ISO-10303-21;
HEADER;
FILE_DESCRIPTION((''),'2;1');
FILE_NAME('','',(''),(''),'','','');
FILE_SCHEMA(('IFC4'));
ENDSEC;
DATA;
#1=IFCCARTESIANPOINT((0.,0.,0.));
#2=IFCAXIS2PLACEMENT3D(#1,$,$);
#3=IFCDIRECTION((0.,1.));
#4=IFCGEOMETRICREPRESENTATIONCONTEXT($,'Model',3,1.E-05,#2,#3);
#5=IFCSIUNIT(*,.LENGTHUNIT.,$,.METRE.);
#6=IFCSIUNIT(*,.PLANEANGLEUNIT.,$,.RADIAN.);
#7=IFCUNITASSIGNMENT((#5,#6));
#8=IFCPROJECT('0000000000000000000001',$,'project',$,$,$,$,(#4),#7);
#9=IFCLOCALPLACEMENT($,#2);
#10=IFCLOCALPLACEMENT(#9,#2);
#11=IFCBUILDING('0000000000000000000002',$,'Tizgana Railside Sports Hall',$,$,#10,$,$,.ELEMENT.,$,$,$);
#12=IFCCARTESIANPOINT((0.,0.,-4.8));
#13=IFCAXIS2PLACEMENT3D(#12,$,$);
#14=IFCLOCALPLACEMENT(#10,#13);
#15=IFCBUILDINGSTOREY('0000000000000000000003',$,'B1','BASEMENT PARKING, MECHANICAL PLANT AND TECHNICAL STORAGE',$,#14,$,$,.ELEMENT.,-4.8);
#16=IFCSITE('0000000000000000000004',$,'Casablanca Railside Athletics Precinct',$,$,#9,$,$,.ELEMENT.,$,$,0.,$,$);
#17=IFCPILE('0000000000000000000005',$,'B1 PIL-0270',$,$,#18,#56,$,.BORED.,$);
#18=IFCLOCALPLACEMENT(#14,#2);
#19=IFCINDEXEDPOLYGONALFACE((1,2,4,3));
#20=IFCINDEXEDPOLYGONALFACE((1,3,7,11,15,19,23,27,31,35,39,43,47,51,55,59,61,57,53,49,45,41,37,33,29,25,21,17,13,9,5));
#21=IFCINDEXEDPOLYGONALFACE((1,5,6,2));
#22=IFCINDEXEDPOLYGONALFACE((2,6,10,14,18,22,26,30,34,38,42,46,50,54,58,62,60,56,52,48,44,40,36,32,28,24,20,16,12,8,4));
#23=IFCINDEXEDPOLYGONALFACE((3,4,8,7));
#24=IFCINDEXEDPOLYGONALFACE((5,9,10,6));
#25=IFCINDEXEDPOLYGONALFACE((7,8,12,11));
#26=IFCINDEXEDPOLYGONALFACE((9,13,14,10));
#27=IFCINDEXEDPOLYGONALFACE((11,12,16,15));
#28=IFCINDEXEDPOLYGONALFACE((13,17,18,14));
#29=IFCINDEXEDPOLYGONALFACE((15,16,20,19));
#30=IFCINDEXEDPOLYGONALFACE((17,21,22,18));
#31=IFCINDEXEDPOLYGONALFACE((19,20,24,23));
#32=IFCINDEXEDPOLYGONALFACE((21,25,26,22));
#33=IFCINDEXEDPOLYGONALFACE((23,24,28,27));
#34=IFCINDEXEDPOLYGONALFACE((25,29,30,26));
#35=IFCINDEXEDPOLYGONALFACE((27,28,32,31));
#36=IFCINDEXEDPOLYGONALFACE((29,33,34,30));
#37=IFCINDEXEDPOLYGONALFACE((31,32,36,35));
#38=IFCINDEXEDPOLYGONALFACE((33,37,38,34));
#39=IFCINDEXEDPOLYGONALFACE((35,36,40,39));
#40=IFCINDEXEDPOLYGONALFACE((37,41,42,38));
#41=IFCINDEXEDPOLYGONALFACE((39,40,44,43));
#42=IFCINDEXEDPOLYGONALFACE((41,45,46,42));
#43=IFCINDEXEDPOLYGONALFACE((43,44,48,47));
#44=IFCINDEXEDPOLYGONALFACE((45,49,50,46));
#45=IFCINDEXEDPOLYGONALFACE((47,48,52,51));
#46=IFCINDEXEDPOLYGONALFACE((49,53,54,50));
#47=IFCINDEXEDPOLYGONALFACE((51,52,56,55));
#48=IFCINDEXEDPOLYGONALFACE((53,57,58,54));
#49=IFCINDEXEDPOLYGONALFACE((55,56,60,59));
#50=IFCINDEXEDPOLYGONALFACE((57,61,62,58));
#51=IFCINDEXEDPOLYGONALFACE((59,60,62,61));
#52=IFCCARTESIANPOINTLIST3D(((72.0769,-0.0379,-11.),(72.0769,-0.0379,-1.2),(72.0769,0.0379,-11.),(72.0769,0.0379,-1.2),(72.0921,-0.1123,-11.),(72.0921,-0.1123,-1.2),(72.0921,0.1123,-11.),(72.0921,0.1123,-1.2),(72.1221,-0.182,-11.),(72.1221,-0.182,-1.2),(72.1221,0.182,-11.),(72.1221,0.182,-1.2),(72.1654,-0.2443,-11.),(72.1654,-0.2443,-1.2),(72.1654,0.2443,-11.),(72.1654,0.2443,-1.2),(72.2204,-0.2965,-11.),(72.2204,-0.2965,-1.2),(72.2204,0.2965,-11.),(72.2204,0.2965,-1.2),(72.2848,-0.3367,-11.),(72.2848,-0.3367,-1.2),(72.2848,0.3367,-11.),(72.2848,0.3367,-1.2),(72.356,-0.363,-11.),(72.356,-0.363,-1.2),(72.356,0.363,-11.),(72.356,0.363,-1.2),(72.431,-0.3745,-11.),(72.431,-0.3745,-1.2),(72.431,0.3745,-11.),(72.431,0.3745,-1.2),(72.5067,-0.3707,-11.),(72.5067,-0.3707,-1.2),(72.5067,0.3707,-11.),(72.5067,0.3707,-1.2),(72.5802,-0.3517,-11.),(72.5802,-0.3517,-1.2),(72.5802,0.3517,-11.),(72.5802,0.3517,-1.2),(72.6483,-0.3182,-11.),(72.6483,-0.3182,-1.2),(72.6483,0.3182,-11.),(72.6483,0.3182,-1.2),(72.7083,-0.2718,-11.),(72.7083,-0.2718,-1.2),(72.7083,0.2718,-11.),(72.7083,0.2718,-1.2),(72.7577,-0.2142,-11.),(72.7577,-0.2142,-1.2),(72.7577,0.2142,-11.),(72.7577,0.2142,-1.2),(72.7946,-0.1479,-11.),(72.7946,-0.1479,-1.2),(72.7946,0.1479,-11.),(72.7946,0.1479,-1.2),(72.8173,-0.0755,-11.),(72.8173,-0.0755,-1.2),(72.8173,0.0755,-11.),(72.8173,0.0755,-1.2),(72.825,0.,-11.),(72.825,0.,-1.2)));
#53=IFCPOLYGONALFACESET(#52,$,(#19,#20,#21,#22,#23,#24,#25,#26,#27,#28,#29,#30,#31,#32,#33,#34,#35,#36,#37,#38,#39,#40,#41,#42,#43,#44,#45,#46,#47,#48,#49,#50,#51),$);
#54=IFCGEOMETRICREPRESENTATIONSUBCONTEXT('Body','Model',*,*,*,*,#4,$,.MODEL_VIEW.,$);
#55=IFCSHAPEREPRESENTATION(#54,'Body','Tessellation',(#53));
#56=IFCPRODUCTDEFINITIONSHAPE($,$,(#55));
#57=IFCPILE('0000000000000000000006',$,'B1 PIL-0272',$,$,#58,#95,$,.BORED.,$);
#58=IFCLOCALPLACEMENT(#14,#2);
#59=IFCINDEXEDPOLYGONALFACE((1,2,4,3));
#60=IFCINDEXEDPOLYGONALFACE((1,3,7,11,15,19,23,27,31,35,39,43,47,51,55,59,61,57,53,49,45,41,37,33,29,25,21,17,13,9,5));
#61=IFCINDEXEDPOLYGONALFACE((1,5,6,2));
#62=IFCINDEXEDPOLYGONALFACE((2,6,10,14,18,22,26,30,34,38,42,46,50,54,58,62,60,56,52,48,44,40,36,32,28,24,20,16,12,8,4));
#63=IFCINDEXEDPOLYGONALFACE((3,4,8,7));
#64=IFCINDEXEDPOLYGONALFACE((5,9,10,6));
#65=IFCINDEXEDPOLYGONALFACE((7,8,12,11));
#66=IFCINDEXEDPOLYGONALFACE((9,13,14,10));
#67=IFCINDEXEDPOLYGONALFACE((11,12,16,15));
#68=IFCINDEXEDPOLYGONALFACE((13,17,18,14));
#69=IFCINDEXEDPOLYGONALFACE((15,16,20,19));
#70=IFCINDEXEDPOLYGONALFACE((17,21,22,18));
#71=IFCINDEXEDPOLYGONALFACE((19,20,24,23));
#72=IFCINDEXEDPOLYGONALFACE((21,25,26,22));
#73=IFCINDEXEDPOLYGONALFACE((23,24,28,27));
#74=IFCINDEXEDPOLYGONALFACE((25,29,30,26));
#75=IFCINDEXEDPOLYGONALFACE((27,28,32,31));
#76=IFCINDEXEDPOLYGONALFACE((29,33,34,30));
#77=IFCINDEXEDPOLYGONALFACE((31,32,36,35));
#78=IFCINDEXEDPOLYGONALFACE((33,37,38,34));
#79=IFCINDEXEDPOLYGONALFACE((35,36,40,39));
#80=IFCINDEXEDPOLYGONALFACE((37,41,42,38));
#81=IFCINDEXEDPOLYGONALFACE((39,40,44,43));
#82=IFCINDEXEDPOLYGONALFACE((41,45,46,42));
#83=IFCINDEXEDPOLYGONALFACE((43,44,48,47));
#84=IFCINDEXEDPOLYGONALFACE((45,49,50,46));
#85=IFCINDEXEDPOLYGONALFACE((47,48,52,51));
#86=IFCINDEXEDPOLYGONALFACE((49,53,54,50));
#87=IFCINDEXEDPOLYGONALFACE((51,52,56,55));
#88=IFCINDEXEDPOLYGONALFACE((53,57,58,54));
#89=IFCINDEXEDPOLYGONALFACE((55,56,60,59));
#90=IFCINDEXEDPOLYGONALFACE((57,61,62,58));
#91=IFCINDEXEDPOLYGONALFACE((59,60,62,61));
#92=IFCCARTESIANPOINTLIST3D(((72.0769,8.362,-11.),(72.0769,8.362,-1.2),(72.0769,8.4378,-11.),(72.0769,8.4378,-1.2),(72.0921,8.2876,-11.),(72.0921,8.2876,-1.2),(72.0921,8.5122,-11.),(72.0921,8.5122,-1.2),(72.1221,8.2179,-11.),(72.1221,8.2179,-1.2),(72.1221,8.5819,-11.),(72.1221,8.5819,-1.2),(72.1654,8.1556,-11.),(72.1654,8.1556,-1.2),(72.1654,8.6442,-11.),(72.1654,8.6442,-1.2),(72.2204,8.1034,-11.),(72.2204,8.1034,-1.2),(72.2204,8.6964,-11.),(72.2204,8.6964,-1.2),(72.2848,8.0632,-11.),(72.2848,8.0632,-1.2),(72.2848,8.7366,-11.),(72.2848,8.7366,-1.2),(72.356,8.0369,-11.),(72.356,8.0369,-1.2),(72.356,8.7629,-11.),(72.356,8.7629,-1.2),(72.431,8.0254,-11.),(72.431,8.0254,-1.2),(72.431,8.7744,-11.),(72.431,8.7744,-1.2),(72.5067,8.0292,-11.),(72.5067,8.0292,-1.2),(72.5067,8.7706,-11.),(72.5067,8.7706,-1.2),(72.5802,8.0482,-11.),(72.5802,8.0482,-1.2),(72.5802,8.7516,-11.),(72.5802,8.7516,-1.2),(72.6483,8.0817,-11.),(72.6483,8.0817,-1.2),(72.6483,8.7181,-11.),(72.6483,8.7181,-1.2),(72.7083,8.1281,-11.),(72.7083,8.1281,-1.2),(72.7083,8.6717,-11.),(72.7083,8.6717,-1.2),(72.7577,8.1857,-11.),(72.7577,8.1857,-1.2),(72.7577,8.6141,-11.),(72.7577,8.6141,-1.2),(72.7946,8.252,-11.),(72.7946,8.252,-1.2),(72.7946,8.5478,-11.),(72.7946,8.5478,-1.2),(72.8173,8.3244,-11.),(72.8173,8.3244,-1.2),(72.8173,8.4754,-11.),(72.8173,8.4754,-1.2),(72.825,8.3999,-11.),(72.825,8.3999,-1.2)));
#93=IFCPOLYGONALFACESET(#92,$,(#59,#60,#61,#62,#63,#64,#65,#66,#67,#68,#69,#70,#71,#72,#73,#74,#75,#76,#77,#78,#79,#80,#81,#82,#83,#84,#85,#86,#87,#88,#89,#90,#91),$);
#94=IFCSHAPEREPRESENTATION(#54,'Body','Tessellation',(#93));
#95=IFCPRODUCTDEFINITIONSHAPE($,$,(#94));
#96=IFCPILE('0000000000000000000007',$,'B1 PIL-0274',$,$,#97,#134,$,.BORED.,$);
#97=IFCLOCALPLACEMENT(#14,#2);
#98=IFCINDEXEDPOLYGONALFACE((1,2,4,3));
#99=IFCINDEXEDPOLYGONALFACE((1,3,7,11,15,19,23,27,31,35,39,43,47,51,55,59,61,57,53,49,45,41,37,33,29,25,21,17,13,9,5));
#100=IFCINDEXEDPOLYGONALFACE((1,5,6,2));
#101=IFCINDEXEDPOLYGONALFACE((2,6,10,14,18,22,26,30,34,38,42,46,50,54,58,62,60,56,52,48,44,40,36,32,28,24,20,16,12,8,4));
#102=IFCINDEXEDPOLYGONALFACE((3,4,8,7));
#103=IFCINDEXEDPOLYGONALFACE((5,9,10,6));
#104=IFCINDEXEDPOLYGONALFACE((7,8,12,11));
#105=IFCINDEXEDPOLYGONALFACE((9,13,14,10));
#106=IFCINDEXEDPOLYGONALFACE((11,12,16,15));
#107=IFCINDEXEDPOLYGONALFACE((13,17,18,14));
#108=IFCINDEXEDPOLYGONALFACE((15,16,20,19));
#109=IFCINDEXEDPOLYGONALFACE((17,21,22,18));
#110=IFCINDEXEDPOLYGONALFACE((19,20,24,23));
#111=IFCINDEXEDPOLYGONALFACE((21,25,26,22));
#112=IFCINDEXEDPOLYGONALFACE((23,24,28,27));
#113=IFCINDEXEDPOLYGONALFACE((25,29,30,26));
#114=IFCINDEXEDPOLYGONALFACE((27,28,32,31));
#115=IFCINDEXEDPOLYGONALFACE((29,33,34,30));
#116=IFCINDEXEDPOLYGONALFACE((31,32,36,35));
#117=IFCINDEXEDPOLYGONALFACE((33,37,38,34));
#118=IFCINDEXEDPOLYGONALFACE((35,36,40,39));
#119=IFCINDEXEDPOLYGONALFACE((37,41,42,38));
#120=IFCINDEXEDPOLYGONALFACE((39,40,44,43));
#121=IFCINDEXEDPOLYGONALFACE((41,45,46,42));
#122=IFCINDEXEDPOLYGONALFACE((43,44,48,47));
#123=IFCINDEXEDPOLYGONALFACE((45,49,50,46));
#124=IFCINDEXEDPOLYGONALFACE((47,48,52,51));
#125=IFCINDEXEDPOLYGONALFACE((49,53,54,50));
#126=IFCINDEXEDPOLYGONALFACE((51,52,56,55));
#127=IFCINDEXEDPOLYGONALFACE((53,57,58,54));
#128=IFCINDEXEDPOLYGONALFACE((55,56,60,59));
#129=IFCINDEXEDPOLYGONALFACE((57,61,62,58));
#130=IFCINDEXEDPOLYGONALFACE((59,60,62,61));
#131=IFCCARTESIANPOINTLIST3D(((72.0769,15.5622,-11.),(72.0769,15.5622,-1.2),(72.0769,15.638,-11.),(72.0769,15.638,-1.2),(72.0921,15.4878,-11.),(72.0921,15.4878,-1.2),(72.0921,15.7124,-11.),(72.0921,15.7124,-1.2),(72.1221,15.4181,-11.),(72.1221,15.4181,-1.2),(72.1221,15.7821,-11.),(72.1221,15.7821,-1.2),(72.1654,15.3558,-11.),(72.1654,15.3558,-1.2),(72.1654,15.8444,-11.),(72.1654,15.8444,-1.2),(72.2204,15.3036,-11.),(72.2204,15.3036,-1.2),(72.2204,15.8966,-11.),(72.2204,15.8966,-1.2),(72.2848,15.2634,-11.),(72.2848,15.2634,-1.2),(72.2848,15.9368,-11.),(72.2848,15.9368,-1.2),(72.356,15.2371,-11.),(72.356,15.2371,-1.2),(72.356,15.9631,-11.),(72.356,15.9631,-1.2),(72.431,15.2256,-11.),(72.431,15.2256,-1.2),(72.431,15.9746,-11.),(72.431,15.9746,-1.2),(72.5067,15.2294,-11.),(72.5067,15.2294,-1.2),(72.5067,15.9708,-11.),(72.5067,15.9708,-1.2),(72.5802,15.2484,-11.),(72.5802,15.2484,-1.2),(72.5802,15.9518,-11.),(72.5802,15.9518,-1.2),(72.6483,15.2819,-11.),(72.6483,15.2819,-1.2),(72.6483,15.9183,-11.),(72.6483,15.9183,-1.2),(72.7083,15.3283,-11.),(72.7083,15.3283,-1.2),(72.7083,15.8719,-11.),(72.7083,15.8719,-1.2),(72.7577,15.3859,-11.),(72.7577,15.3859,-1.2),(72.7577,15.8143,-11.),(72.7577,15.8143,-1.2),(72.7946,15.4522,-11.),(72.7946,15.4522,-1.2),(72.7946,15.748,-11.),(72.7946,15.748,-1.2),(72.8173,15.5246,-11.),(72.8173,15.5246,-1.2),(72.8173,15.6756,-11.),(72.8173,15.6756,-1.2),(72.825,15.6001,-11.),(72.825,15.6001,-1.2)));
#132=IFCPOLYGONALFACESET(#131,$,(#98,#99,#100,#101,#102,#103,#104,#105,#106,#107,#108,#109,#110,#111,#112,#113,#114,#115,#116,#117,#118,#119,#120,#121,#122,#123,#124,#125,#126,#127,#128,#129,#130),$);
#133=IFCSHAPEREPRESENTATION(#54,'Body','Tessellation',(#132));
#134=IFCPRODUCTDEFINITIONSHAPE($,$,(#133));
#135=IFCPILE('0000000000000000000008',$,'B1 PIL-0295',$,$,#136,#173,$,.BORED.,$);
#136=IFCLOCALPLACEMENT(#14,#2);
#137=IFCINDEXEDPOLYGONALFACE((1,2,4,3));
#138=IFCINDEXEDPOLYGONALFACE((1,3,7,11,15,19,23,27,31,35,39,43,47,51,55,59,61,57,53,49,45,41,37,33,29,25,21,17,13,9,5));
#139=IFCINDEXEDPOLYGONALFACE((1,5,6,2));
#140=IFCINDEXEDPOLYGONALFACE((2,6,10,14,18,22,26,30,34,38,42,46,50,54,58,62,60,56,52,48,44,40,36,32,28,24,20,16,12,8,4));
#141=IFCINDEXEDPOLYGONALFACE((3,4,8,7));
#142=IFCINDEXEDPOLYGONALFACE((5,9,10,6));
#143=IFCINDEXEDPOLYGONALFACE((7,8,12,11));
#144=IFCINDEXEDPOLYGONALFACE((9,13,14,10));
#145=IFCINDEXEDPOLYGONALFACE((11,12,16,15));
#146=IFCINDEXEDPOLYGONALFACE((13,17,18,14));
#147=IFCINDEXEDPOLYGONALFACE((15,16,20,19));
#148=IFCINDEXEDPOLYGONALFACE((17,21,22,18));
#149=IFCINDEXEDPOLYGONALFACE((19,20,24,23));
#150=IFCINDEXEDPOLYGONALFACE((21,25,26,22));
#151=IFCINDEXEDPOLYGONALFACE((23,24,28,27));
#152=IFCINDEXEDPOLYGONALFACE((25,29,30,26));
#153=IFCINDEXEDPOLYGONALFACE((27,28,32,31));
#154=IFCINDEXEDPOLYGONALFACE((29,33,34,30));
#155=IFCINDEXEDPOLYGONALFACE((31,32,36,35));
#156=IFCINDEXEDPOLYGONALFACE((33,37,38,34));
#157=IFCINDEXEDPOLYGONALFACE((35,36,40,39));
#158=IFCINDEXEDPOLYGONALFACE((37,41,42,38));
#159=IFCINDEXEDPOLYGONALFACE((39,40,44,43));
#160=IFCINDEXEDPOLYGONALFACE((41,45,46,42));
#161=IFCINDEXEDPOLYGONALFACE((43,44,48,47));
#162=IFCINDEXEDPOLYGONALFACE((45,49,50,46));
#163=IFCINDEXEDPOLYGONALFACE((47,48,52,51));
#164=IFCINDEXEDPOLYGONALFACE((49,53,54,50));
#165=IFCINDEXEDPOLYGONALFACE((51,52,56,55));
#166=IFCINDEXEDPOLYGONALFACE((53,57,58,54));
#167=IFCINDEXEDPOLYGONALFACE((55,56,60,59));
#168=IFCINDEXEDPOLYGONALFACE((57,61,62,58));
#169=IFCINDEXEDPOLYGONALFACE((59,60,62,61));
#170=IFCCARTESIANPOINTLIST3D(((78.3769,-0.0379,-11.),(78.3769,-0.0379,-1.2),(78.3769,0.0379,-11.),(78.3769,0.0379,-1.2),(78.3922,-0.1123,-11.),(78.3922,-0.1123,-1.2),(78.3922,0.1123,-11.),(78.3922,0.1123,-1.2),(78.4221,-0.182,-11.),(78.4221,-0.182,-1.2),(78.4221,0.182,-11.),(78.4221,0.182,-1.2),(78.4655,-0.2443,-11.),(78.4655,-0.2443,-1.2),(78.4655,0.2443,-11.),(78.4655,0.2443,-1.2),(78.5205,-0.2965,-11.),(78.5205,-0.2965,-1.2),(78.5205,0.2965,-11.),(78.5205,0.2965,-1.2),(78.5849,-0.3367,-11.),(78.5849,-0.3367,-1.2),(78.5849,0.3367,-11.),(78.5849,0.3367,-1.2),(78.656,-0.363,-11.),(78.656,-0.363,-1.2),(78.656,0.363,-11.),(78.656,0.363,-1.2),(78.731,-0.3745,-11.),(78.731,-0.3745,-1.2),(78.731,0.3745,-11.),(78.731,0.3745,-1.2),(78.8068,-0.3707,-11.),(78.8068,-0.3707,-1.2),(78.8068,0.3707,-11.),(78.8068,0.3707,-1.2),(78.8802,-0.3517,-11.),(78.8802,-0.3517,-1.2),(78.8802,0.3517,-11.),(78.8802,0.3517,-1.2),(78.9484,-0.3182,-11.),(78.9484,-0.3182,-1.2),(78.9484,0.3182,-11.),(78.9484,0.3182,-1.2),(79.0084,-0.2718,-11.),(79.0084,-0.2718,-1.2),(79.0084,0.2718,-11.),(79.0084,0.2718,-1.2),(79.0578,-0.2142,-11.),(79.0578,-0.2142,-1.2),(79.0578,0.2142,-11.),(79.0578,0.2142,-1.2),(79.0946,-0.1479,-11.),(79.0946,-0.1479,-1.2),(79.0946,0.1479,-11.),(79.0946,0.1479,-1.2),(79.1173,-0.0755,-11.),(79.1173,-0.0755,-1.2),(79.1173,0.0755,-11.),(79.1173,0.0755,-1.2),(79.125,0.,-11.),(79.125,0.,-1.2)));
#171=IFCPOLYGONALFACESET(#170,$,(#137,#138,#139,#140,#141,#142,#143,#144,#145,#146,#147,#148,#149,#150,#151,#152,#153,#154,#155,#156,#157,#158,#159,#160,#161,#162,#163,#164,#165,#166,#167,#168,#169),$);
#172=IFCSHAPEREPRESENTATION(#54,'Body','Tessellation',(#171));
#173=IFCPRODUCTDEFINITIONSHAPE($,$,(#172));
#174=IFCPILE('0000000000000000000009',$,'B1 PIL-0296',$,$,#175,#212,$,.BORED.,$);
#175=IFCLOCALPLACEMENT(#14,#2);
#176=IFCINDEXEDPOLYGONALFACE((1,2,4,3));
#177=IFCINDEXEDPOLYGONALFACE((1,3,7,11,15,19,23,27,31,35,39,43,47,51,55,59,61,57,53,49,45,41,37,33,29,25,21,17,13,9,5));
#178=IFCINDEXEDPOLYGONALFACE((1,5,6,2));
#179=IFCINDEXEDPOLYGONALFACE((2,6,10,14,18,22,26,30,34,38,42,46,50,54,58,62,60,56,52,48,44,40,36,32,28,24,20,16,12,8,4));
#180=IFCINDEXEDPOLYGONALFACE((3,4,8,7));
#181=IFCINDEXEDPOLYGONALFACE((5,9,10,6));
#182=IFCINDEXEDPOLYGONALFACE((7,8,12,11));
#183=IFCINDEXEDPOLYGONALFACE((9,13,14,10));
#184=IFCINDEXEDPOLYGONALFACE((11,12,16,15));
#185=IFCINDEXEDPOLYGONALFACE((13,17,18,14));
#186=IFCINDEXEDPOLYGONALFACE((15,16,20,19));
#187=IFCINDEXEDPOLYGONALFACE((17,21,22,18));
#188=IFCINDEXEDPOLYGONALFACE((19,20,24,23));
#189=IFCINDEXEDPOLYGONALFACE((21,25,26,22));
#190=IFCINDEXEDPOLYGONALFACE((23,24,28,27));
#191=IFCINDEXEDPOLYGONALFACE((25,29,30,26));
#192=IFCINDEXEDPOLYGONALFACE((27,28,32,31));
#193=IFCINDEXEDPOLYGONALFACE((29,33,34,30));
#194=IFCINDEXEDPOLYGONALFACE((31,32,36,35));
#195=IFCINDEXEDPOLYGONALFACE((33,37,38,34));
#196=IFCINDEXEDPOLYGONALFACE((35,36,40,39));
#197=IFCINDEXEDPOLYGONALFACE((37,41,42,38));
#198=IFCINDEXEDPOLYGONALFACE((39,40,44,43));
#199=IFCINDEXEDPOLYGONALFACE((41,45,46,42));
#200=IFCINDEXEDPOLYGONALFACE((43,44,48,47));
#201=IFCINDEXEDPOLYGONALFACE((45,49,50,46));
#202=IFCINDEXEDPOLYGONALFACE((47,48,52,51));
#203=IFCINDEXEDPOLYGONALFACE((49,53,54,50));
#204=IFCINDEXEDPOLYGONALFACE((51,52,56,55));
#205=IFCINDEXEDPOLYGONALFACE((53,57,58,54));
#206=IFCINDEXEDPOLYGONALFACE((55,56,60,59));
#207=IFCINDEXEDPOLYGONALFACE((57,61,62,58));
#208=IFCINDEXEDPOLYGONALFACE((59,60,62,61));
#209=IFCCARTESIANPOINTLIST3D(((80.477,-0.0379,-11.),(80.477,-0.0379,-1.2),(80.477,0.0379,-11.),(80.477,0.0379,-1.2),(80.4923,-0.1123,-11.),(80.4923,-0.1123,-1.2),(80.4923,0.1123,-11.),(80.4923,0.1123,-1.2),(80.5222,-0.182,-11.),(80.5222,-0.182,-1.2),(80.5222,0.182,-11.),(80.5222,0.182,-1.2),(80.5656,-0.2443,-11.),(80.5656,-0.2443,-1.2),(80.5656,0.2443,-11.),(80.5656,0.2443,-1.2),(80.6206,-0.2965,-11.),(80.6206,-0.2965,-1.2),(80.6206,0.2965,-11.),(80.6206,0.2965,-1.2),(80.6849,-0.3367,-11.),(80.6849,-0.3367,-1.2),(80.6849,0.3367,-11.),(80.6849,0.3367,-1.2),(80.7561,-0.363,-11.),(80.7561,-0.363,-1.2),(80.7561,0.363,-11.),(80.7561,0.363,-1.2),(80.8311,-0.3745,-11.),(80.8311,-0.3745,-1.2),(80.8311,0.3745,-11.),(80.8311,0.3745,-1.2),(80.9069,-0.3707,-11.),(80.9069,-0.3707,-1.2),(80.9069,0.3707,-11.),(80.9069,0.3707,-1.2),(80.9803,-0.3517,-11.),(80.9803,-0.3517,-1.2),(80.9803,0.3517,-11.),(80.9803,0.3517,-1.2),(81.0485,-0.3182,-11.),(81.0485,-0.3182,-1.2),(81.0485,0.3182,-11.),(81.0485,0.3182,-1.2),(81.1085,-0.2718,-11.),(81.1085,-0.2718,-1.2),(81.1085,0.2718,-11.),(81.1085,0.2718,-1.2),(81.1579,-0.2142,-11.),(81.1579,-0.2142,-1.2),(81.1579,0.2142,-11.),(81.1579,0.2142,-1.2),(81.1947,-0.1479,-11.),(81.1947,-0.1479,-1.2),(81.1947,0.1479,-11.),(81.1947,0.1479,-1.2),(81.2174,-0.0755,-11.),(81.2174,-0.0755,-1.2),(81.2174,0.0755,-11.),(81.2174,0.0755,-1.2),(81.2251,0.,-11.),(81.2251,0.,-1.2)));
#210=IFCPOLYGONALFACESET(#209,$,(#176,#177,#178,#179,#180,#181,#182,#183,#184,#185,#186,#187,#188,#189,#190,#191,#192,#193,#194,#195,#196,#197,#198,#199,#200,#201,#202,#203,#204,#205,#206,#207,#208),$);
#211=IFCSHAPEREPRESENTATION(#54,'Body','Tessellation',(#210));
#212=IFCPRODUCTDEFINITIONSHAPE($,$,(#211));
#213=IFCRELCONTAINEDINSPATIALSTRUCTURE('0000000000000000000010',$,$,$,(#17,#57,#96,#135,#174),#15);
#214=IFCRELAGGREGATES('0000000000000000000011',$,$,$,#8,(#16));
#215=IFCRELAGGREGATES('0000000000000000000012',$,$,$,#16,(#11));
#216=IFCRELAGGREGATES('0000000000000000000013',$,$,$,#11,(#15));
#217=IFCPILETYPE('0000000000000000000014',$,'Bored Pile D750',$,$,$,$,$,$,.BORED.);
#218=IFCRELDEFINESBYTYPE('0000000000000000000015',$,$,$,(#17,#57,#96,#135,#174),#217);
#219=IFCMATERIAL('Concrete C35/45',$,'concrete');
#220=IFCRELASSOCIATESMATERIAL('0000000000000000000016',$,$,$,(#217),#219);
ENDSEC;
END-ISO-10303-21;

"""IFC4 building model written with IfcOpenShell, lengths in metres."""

from ifc_helpers import new_model, si_unit, direction, frame, origin, origin_2d, place, context, subcontext, project, spatial, circle, extrude, material, material_profile, profile_set, type_object, element, save


model = new_model("IFC4")

# Units and contexts
model_context = context("Model", 3, precision=1e-05, world=origin(), true_north=direction((0.0, 1.0)))
body_context = subcontext(model_context, "Body", "Model", "MODEL_VIEW")
ifc_project = project(units=[si_unit("LENGTHUNIT", "METRE"), si_unit("PLANEANGLEUNIT", "RADIAN")], contexts=[model_context])

# Site, building, storey
site_placement = place(None, origin())
site = spatial("IfcSite", under=ifc_project, at=site_placement, Name="Casablanca Railside Athletics Precinct", CompositionType="ELEMENT", RefElevation=0.0)
building_placement = place(site_placement, origin())
building = spatial("IfcBuilding", under=site, at=building_placement, Name="Tizgana Railside Sports Hall", CompositionType="ELEMENT")
storey_placement = place(building_placement, frame((0.0, 0.0, -4.8)))
storey = spatial("IfcBuildingStorey", under=building, at=storey_placement, Name="B1", Description="BASEMENT PARKING, MECHANICAL PLANT AND TECHNICAL STORAGE", CompositionType="ELEMENT", Elevation=-4.8)

# Piles
ifc_material_1 = material(Name="Concrete C35/45", Category="concrete")
ifc_material_profile_1 = material_profile(ifc_material_1, circle(Radius=0.375, at=origin_2d()), Name="PILE D750")
ifc_profile_set_1 = profile_set([ifc_material_profile_1], Name="Concrete C35/45")
pile_type = type_object("IfcPileType", Name="Bored Pile D750", PredefinedType="BORED", material=ifc_profile_set_1)
for number, where, z_axis, x_axis, name in (
    (1, (72.45, 0.0, -1.2), (0.0, 0.0, -1.0), (1.0, 0.0, 0.0), "B1 PIL-0270"),
    (2, (72.45, 8.3999, -1.2), (0.0, 0.0, -1.0), (1.0, 0.0, 0.0), "B1 PIL-0272"),
    (3, (72.45, 15.6001, -1.2), (0.0, 0.0, -1.0), (1.0, 0.0, 0.0), "B1 PIL-0274"),
    (4, (78.75, 0.0, -1.2), (0.0, 0.0, -1.0), (1.0, 0.0, 0.0), "B1 PIL-0295"),
    (5, (80.8501, 0.0, -1.2), (0.0, 0.0, -1.0), (1.0, 0.0, 0.0), "B1 PIL-0296"),
):
    element("IfcPile", number, at=place(storey_placement, frame(where, z_axis=z_axis, x_axis=x_axis)), inside=storey, type_object=pile_type, Name=name, PredefinedType="BORED", context=body_context, shape_type="SweptSolid", body=[
        extrude(circle(Radius=0.375, at=origin_2d()), origin(), (0.0, 0.0, 1.0), 9.8),
    ])

save(model, "model.ifc")
